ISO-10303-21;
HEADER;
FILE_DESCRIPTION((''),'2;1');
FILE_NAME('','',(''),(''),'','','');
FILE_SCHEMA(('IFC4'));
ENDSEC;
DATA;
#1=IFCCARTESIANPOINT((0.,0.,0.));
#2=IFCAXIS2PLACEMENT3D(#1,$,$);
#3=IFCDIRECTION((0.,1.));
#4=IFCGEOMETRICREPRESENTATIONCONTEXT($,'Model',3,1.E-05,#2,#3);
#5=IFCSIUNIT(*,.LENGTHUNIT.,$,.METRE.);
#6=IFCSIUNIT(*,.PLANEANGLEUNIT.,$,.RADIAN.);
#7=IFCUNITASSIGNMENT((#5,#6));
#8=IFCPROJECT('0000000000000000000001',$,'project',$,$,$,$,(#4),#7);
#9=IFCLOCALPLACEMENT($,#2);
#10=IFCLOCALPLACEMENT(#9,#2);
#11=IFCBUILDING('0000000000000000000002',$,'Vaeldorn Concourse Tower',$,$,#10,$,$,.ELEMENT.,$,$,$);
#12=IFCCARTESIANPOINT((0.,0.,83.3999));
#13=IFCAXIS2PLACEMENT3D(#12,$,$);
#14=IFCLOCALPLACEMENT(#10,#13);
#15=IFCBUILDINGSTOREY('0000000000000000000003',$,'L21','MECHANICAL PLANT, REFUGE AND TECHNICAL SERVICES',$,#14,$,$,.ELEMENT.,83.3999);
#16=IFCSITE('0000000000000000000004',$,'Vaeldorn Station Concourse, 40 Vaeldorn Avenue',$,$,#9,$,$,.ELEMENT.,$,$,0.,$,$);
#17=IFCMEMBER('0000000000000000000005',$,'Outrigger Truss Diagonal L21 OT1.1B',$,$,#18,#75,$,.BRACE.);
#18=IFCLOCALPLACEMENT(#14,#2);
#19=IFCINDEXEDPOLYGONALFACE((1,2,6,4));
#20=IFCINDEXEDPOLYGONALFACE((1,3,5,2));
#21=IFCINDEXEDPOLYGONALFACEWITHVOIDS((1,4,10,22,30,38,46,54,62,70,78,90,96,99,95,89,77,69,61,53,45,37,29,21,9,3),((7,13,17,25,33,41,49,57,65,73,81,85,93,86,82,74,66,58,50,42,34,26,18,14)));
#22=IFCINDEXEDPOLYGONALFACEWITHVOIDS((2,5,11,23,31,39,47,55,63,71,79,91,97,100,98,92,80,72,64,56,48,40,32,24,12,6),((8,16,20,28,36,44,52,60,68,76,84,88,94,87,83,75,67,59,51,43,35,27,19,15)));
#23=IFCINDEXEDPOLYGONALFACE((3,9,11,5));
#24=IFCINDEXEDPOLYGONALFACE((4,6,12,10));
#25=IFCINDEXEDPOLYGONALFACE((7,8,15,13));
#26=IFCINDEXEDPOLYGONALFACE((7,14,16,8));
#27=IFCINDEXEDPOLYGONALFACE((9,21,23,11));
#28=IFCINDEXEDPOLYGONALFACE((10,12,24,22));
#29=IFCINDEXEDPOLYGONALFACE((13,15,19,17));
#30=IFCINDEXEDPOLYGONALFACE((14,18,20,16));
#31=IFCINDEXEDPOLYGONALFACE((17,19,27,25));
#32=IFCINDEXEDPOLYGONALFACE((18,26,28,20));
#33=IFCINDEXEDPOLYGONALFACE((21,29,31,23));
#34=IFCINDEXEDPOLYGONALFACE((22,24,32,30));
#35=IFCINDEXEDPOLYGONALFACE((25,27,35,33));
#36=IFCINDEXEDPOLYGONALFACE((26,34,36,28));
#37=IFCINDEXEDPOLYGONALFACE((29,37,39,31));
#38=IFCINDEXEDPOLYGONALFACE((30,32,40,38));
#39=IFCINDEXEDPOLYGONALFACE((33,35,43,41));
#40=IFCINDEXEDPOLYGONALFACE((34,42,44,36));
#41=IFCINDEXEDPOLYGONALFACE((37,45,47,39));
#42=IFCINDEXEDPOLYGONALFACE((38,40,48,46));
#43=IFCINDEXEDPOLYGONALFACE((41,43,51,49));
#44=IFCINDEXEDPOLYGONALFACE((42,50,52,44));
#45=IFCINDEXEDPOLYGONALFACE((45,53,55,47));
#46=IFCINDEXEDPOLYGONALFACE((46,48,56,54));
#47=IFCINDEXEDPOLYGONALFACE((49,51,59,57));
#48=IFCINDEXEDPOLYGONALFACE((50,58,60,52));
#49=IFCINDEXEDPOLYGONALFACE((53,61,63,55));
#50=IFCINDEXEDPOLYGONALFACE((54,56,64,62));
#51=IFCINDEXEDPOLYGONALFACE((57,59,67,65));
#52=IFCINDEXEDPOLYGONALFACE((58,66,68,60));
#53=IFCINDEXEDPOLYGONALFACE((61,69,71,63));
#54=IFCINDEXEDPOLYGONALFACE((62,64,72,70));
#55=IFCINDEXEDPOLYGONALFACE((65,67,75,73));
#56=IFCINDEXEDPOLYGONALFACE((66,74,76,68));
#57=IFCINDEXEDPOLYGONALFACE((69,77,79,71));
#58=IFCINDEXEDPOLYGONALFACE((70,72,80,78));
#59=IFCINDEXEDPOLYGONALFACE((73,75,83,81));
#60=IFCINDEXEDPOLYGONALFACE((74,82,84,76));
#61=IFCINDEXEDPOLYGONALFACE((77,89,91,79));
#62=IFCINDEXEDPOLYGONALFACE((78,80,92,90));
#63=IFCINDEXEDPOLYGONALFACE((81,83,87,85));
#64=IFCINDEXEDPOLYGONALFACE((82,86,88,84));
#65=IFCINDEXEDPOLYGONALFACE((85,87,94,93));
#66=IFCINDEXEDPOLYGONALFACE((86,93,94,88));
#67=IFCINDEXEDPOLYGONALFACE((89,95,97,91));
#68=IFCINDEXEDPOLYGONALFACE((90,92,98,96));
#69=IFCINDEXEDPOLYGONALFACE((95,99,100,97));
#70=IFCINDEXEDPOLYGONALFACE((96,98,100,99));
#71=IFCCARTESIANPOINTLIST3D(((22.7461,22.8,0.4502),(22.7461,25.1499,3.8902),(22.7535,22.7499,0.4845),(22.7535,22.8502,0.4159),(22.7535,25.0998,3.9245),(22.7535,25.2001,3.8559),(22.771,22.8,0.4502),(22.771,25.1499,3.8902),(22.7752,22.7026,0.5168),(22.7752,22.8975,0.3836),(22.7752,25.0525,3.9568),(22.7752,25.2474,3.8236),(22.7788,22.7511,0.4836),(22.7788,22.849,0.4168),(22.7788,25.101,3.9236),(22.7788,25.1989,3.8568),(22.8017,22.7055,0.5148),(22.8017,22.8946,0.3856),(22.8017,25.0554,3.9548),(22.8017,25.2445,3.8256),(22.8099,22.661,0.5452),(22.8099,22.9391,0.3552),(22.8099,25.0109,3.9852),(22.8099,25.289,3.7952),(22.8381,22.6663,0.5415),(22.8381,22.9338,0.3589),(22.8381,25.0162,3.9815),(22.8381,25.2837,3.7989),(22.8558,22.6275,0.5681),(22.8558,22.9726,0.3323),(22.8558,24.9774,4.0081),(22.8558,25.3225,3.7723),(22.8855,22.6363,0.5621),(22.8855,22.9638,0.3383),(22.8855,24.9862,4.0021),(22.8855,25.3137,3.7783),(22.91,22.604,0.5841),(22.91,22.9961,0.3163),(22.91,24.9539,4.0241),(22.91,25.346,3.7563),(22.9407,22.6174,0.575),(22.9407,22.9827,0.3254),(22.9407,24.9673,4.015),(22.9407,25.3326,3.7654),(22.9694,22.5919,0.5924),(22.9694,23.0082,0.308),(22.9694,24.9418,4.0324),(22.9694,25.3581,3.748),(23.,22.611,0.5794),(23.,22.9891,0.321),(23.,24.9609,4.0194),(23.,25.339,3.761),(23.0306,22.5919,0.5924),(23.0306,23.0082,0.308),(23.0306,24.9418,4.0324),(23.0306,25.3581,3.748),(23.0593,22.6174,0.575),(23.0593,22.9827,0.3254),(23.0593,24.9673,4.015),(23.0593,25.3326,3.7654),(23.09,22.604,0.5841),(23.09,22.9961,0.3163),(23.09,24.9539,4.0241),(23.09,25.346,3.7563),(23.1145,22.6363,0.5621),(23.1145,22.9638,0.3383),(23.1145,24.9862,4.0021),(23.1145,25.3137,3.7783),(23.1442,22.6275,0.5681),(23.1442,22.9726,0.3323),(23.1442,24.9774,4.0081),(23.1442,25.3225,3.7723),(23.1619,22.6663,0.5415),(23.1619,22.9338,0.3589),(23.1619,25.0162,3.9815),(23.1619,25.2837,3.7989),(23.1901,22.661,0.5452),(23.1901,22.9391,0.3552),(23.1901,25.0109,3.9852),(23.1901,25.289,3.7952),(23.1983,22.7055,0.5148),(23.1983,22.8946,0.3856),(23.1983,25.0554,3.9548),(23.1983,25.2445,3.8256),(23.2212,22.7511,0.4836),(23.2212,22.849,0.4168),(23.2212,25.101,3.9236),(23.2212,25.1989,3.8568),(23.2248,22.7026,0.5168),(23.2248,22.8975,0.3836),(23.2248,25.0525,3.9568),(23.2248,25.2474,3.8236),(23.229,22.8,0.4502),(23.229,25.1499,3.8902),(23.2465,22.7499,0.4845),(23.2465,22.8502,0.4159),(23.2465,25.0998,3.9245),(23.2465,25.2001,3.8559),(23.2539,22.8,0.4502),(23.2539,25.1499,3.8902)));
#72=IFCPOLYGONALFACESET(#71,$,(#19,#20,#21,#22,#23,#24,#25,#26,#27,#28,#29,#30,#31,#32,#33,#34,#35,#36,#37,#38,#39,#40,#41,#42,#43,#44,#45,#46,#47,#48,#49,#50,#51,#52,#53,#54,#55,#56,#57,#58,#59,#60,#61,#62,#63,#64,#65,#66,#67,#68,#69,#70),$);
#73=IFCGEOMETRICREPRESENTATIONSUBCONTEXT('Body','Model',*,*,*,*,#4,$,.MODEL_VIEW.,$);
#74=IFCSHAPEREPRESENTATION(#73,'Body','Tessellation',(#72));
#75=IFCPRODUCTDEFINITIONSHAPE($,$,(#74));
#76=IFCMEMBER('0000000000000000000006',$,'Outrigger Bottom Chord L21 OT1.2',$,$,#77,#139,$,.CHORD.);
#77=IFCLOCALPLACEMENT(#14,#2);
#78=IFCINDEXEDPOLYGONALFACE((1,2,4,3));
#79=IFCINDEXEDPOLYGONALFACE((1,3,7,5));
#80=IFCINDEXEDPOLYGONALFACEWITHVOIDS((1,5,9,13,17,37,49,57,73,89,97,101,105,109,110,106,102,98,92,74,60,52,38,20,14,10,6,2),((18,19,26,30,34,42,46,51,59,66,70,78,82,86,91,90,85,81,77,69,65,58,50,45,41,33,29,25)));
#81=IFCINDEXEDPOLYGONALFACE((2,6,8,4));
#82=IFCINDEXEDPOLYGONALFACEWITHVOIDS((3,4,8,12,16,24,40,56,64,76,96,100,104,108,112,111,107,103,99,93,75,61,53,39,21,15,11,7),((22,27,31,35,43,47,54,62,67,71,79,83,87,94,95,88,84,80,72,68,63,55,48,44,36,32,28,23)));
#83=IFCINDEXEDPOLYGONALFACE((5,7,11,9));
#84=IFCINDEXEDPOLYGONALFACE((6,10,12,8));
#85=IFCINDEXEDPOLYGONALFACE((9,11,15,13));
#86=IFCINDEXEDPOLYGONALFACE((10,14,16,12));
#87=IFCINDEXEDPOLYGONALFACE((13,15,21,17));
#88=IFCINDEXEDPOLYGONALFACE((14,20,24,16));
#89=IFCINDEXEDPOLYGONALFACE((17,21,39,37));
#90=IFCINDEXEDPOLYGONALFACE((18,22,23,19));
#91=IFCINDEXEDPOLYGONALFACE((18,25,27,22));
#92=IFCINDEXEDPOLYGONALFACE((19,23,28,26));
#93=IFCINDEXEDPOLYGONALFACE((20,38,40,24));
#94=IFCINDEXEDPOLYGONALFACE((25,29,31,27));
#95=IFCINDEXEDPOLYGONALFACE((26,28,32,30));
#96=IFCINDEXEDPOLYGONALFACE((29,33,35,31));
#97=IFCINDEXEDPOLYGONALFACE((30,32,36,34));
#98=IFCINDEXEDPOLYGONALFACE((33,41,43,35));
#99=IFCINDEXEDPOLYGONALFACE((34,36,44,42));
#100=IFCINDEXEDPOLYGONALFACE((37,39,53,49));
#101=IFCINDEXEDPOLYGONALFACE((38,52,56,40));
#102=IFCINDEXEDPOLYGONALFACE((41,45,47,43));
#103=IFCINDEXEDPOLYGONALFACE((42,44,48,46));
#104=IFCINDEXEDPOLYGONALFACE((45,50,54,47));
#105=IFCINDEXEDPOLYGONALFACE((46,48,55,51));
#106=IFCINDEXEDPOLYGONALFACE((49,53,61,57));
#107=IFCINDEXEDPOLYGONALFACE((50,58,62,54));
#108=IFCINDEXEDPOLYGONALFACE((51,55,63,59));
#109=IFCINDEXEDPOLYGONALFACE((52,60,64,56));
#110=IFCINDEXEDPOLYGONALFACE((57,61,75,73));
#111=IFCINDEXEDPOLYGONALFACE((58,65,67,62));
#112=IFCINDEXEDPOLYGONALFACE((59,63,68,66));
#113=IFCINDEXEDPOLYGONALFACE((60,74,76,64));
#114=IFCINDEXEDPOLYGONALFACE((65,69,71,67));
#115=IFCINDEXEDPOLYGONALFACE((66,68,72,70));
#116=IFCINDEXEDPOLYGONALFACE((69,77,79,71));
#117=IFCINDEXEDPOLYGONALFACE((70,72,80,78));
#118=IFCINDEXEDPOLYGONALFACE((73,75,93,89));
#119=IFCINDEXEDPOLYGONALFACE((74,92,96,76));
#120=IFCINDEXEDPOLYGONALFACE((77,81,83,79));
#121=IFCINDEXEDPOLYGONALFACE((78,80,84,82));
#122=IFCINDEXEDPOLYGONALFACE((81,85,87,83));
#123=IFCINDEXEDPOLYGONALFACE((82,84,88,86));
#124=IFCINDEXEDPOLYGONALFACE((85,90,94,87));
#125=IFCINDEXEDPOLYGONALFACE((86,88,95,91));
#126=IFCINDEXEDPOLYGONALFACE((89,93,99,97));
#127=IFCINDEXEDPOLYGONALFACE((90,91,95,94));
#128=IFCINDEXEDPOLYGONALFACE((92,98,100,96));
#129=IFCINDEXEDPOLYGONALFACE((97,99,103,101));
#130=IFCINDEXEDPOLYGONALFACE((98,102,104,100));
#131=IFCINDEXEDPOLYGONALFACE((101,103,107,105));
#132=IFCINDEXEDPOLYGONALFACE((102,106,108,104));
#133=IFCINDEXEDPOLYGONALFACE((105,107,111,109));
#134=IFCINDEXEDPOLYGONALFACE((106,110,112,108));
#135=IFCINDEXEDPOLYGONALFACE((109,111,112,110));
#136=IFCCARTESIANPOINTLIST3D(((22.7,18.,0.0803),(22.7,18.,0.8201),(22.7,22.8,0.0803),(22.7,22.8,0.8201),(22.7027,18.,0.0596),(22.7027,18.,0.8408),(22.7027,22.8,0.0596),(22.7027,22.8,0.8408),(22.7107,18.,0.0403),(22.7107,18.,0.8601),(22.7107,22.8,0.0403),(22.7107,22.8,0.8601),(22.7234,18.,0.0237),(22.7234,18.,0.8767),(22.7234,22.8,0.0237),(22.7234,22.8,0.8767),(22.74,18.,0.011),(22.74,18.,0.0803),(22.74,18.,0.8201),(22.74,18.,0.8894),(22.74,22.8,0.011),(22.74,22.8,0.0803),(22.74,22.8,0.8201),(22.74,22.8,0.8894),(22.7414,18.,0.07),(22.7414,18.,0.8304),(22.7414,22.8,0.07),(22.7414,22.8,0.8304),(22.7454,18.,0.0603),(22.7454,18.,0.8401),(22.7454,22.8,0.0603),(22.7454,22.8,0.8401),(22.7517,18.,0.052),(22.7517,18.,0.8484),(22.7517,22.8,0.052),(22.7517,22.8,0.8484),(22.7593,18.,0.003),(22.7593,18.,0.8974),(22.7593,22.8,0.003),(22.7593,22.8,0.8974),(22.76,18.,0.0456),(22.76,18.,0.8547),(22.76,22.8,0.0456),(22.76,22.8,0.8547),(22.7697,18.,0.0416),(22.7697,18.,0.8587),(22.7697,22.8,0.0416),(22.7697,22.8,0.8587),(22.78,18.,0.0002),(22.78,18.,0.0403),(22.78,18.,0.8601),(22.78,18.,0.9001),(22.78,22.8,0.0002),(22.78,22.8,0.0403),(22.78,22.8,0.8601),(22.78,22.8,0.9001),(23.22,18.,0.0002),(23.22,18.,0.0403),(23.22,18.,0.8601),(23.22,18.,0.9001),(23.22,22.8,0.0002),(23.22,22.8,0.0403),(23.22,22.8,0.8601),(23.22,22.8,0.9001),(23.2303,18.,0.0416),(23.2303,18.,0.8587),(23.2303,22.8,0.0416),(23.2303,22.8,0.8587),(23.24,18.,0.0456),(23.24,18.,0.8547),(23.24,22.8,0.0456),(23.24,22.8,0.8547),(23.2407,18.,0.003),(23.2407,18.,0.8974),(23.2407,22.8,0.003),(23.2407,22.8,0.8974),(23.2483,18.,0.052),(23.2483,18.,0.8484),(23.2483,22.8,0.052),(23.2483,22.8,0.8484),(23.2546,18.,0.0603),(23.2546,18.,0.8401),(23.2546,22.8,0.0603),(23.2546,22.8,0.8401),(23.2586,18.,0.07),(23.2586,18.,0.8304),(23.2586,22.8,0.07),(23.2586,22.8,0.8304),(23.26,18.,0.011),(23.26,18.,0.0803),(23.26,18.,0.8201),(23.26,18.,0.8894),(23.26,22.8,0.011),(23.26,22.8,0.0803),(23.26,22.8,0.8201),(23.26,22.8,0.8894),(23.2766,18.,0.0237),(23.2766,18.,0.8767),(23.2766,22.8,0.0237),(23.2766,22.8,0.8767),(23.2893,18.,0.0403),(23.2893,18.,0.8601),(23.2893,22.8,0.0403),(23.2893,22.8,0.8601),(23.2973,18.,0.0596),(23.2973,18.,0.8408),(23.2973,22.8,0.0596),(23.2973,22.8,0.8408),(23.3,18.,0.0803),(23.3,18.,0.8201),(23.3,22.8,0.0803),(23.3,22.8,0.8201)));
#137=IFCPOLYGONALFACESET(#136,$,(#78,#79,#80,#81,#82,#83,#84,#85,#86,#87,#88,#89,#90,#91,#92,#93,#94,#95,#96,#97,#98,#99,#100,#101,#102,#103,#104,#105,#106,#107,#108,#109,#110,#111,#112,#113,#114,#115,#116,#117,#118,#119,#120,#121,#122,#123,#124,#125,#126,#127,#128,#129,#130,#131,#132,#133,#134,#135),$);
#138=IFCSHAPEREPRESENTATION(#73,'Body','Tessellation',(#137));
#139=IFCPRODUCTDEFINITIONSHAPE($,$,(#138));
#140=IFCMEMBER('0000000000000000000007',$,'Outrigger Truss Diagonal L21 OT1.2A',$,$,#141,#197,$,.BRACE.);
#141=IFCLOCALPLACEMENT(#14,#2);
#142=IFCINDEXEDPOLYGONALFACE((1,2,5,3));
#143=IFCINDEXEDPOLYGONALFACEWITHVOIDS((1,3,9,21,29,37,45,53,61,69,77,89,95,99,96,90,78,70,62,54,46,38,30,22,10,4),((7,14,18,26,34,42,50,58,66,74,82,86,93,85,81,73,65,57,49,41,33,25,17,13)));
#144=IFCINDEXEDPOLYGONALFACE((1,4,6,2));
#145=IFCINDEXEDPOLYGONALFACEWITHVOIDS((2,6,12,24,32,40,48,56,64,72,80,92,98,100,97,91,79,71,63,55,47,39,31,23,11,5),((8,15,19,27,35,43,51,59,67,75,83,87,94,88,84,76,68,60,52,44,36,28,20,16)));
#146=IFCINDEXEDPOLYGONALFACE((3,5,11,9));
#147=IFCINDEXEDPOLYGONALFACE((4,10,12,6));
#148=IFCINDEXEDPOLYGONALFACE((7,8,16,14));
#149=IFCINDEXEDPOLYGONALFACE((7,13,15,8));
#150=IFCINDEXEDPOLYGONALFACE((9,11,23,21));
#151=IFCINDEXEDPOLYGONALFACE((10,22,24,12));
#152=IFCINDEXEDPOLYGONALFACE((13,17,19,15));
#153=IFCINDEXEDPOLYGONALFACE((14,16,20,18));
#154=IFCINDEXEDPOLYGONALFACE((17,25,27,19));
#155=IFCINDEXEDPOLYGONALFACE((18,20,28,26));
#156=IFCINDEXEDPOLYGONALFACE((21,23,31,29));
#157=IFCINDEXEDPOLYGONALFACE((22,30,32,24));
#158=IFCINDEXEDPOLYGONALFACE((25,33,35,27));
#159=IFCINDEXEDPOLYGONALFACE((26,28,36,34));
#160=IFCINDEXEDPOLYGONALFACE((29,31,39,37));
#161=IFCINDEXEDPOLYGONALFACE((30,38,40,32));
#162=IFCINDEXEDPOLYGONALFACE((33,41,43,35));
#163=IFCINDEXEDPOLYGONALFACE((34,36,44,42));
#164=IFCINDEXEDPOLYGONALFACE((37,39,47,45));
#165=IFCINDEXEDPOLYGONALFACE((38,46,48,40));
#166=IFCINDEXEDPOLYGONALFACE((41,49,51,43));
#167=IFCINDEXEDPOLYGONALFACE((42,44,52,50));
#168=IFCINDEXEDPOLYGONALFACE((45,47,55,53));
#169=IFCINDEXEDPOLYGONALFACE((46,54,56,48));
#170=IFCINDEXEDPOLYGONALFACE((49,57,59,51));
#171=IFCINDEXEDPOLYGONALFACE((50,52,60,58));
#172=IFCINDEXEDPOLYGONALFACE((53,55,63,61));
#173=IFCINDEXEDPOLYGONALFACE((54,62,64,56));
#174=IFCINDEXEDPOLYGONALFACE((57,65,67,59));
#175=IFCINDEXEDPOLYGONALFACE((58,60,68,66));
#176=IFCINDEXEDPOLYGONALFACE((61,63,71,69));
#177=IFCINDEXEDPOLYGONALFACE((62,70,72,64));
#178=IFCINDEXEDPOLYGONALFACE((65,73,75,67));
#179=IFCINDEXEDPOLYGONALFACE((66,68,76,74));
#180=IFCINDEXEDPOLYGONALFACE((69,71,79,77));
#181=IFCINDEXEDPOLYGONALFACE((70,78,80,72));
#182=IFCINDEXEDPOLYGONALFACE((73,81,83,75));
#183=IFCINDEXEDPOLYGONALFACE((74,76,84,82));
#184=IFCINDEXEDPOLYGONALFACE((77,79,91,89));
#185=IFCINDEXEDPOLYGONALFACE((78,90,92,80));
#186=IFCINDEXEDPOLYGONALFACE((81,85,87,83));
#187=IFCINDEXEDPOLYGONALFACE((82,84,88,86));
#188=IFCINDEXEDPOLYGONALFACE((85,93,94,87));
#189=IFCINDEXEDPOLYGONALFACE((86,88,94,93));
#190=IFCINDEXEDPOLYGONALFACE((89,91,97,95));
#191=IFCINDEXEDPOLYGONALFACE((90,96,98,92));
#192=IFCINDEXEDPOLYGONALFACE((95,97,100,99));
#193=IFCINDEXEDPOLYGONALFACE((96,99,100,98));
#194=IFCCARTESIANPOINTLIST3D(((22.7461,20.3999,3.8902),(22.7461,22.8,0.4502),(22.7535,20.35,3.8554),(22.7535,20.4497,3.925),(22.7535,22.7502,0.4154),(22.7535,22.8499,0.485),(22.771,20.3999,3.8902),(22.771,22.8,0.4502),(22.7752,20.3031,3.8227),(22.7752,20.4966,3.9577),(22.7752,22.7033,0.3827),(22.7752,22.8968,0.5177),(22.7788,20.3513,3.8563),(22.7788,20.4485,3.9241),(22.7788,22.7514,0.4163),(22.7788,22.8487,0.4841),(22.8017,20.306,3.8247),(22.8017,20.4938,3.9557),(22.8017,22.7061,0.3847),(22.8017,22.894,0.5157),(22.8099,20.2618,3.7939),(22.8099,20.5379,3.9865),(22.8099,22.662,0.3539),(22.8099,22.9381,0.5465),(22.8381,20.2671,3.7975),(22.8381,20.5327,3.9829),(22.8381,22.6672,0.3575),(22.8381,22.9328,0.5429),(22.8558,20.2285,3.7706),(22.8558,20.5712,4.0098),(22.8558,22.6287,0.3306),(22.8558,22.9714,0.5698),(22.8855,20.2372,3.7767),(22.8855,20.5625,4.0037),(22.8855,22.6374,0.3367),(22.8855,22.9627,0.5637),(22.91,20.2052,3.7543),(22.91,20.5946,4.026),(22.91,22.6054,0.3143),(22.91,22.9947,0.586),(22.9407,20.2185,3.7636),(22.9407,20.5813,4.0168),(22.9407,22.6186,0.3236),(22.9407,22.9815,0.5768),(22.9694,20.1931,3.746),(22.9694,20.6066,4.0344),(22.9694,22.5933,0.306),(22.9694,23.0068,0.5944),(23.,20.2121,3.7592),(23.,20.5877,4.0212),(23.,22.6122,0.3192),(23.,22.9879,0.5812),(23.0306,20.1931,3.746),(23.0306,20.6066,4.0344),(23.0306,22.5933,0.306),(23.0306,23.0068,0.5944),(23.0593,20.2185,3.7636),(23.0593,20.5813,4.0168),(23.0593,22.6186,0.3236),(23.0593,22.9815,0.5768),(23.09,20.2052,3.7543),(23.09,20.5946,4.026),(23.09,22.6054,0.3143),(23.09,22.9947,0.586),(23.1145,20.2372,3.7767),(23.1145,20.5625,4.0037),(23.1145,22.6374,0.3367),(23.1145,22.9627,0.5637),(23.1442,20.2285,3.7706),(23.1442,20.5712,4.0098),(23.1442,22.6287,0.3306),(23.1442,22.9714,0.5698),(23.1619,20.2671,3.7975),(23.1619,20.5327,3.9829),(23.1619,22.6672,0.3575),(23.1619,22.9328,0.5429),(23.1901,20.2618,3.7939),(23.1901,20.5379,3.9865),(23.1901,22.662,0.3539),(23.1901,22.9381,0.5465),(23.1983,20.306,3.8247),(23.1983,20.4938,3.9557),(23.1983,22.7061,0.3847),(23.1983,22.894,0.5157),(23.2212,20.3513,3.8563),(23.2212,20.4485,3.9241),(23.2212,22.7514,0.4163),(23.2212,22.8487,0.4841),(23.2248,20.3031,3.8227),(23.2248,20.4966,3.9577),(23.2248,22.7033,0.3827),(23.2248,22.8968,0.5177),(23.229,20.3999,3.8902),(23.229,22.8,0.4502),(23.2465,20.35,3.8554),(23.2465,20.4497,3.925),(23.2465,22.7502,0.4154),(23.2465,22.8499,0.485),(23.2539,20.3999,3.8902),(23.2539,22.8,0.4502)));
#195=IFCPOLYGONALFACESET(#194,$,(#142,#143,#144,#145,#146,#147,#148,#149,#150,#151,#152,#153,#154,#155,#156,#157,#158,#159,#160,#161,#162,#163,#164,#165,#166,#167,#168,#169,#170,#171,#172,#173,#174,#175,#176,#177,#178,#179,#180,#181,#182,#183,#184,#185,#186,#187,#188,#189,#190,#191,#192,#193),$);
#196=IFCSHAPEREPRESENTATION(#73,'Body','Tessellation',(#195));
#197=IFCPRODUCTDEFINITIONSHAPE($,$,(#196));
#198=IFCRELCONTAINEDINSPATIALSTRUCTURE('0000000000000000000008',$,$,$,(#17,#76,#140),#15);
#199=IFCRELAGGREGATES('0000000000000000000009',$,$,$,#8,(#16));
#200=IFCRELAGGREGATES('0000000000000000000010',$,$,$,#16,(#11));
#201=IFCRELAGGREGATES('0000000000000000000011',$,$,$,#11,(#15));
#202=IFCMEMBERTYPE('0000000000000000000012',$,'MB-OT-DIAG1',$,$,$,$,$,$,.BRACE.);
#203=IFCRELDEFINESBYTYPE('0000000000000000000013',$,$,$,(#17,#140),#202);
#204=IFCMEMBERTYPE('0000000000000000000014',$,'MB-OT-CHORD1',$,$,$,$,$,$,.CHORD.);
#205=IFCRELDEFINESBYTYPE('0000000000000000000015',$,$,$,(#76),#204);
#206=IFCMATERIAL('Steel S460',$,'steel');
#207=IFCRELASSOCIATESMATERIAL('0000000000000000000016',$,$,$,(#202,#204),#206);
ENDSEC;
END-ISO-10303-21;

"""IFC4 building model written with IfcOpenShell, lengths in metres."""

from ifc_helpers import new_model, si_unit, direction, frame, origin, origin_2d, place, context, subcontext, project, spatial, hollow_rectangle, hollow_circle, extrude, source, transform, mapped, material, material_profile, profile_set, type_object, element, save


model = new_model("IFC4")

# Units and contexts
model_context = context("Model", 3, precision=1e-05, world=origin(), true_north=direction((0.0, 1.0)))
body_context = subcontext(model_context, "Body", "Model", "MODEL_VIEW")
ifc_project = project(units=[si_unit("LENGTHUNIT", "METRE"), si_unit("PLANEANGLEUNIT", "RADIAN")], contexts=[model_context])

# Site, building, storey
site_placement = place(None, origin())
site = spatial("IfcSite", under=ifc_project, at=site_placement, Name="Vaeldorn Station Concourse, 40 Vaeldorn Avenue", CompositionType="ELEMENT", RefElevation=0.0)
building_placement = place(site_placement, origin())
building = spatial("IfcBuilding", under=site, at=building_placement, Name="Vaeldorn Concourse Tower", CompositionType="ELEMENT")
storey_placement = place(building_placement, frame((0.0, 0.0, 83.3999)))
storey = spatial("IfcBuildingStorey", under=building, at=storey_placement, Name="L21", Description="MECHANICAL PLANT, REFUGE AND TECHNICAL SERVICES", CompositionType="ELEMENT", Elevation=83.3999)

# Shared definitions
ifc_material_1 = material(Name="Steel S460", Category="steel")

# Members
ifc_material_profile_1 = material_profile(ifc_material_1, hollow_circle(Radius=0.2539, WallThickness=0.0249, at=origin_2d()), Name="CHS 508x25")
ifc_profile_set_1 = profile_set([ifc_material_profile_1], Name="Steel S460")
member_type_1 = type_object("IfcMemberType", Name="MB-OT-DIAG1", PredefinedType="BRACE", material=ifc_profile_set_1)
shared_shape_1 = source(origin(), body_context, "Body", "SweptSolid", [
    extrude(hollow_circle(Radius=0.2539, WallThickness=0.0249, at=origin_2d()), origin(), (0.0, 0.0, 1.0), 4.166),
])
member_1_placement = place(storey_placement, frame((23.0, 22.8, 0.4502), z_axis=(0.0, 0.564064, 0.825731), x_axis=(-1.0, 0.0, 0.0)))
element("IfcMember", 1, at=member_1_placement, inside=storey, type_object=member_type_1, Name="Outrigger Truss Diagonal L21 OT1.1B", PredefinedType="BRACE", context=body_context, shape_type="MappedRepresentation", body=[
    mapped(shared_shape_1, transform((0.0, 0.0, 0.0), scale=1.0)),
])
ifc_material_profile_2 = material_profile(ifc_material_1, hollow_rectangle(XDim=0.6001, YDim=0.8999, WallThickness=0.04, InnerFilletRadius=0.04, OuterFilletRadius=0.0801, at=origin_2d()), Name="RHS 900x600x40")
ifc_profile_set_2 = profile_set([ifc_material_profile_2], Name="Steel S460")
member_type_2 = type_object("IfcMemberType", Name="MB-OT-CHORD1", PredefinedType="CHORD", material=ifc_profile_set_2)
shared_shape_2 = source(origin(), body_context, "Body", "SweptSolid", [
    extrude(hollow_rectangle(XDim=0.6001, YDim=0.8999, WallThickness=0.04, InnerFilletRadius=0.04, OuterFilletRadius=0.0801, at=origin_2d()), origin(), (0.0, 0.0, 1.0), 4.8),
])
member_2_placement = place(storey_placement, frame((23.0, 22.8, 0.4502), z_axis=(0.0, -1.0, 0.0), x_axis=(1.0, 0.0, 0.0)))
element("IfcMember", 2, at=member_2_placement, inside=storey, type_object=member_type_2, Name="Outrigger Bottom Chord L21 OT1.2", PredefinedType="CHORD", context=body_context, shape_type="MappedRepresentation", body=[
    mapped(shared_shape_2, transform((0.0, 0.0, 0.0), scale=1.0)),
])
shared_shape_3 = source(origin(), body_context, "Body", "SweptSolid", [
    extrude(hollow_circle(Radius=0.2539, WallThickness=0.0249, at=origin_2d()), origin(), (0.0, 0.0, 1.0), 4.1946),
])
member_3_placement = place(storey_placement, frame((23.0, 22.8, 0.4502), z_axis=(0.0, -0.572212, 0.820106), x_axis=(1.0, 0.0, 0.0)))
element("IfcMember", 3, at=member_3_placement, inside=storey, type_object=member_type_1, Name="Outrigger Truss Diagonal L21 OT1.2A", PredefinedType="BRACE", context=body_context, shape_type="MappedRepresentation", body=[
    mapped(shared_shape_3, transform((0.0, 0.0, 0.0), scale=1.0)),
])

save(model, "model.ifc")
